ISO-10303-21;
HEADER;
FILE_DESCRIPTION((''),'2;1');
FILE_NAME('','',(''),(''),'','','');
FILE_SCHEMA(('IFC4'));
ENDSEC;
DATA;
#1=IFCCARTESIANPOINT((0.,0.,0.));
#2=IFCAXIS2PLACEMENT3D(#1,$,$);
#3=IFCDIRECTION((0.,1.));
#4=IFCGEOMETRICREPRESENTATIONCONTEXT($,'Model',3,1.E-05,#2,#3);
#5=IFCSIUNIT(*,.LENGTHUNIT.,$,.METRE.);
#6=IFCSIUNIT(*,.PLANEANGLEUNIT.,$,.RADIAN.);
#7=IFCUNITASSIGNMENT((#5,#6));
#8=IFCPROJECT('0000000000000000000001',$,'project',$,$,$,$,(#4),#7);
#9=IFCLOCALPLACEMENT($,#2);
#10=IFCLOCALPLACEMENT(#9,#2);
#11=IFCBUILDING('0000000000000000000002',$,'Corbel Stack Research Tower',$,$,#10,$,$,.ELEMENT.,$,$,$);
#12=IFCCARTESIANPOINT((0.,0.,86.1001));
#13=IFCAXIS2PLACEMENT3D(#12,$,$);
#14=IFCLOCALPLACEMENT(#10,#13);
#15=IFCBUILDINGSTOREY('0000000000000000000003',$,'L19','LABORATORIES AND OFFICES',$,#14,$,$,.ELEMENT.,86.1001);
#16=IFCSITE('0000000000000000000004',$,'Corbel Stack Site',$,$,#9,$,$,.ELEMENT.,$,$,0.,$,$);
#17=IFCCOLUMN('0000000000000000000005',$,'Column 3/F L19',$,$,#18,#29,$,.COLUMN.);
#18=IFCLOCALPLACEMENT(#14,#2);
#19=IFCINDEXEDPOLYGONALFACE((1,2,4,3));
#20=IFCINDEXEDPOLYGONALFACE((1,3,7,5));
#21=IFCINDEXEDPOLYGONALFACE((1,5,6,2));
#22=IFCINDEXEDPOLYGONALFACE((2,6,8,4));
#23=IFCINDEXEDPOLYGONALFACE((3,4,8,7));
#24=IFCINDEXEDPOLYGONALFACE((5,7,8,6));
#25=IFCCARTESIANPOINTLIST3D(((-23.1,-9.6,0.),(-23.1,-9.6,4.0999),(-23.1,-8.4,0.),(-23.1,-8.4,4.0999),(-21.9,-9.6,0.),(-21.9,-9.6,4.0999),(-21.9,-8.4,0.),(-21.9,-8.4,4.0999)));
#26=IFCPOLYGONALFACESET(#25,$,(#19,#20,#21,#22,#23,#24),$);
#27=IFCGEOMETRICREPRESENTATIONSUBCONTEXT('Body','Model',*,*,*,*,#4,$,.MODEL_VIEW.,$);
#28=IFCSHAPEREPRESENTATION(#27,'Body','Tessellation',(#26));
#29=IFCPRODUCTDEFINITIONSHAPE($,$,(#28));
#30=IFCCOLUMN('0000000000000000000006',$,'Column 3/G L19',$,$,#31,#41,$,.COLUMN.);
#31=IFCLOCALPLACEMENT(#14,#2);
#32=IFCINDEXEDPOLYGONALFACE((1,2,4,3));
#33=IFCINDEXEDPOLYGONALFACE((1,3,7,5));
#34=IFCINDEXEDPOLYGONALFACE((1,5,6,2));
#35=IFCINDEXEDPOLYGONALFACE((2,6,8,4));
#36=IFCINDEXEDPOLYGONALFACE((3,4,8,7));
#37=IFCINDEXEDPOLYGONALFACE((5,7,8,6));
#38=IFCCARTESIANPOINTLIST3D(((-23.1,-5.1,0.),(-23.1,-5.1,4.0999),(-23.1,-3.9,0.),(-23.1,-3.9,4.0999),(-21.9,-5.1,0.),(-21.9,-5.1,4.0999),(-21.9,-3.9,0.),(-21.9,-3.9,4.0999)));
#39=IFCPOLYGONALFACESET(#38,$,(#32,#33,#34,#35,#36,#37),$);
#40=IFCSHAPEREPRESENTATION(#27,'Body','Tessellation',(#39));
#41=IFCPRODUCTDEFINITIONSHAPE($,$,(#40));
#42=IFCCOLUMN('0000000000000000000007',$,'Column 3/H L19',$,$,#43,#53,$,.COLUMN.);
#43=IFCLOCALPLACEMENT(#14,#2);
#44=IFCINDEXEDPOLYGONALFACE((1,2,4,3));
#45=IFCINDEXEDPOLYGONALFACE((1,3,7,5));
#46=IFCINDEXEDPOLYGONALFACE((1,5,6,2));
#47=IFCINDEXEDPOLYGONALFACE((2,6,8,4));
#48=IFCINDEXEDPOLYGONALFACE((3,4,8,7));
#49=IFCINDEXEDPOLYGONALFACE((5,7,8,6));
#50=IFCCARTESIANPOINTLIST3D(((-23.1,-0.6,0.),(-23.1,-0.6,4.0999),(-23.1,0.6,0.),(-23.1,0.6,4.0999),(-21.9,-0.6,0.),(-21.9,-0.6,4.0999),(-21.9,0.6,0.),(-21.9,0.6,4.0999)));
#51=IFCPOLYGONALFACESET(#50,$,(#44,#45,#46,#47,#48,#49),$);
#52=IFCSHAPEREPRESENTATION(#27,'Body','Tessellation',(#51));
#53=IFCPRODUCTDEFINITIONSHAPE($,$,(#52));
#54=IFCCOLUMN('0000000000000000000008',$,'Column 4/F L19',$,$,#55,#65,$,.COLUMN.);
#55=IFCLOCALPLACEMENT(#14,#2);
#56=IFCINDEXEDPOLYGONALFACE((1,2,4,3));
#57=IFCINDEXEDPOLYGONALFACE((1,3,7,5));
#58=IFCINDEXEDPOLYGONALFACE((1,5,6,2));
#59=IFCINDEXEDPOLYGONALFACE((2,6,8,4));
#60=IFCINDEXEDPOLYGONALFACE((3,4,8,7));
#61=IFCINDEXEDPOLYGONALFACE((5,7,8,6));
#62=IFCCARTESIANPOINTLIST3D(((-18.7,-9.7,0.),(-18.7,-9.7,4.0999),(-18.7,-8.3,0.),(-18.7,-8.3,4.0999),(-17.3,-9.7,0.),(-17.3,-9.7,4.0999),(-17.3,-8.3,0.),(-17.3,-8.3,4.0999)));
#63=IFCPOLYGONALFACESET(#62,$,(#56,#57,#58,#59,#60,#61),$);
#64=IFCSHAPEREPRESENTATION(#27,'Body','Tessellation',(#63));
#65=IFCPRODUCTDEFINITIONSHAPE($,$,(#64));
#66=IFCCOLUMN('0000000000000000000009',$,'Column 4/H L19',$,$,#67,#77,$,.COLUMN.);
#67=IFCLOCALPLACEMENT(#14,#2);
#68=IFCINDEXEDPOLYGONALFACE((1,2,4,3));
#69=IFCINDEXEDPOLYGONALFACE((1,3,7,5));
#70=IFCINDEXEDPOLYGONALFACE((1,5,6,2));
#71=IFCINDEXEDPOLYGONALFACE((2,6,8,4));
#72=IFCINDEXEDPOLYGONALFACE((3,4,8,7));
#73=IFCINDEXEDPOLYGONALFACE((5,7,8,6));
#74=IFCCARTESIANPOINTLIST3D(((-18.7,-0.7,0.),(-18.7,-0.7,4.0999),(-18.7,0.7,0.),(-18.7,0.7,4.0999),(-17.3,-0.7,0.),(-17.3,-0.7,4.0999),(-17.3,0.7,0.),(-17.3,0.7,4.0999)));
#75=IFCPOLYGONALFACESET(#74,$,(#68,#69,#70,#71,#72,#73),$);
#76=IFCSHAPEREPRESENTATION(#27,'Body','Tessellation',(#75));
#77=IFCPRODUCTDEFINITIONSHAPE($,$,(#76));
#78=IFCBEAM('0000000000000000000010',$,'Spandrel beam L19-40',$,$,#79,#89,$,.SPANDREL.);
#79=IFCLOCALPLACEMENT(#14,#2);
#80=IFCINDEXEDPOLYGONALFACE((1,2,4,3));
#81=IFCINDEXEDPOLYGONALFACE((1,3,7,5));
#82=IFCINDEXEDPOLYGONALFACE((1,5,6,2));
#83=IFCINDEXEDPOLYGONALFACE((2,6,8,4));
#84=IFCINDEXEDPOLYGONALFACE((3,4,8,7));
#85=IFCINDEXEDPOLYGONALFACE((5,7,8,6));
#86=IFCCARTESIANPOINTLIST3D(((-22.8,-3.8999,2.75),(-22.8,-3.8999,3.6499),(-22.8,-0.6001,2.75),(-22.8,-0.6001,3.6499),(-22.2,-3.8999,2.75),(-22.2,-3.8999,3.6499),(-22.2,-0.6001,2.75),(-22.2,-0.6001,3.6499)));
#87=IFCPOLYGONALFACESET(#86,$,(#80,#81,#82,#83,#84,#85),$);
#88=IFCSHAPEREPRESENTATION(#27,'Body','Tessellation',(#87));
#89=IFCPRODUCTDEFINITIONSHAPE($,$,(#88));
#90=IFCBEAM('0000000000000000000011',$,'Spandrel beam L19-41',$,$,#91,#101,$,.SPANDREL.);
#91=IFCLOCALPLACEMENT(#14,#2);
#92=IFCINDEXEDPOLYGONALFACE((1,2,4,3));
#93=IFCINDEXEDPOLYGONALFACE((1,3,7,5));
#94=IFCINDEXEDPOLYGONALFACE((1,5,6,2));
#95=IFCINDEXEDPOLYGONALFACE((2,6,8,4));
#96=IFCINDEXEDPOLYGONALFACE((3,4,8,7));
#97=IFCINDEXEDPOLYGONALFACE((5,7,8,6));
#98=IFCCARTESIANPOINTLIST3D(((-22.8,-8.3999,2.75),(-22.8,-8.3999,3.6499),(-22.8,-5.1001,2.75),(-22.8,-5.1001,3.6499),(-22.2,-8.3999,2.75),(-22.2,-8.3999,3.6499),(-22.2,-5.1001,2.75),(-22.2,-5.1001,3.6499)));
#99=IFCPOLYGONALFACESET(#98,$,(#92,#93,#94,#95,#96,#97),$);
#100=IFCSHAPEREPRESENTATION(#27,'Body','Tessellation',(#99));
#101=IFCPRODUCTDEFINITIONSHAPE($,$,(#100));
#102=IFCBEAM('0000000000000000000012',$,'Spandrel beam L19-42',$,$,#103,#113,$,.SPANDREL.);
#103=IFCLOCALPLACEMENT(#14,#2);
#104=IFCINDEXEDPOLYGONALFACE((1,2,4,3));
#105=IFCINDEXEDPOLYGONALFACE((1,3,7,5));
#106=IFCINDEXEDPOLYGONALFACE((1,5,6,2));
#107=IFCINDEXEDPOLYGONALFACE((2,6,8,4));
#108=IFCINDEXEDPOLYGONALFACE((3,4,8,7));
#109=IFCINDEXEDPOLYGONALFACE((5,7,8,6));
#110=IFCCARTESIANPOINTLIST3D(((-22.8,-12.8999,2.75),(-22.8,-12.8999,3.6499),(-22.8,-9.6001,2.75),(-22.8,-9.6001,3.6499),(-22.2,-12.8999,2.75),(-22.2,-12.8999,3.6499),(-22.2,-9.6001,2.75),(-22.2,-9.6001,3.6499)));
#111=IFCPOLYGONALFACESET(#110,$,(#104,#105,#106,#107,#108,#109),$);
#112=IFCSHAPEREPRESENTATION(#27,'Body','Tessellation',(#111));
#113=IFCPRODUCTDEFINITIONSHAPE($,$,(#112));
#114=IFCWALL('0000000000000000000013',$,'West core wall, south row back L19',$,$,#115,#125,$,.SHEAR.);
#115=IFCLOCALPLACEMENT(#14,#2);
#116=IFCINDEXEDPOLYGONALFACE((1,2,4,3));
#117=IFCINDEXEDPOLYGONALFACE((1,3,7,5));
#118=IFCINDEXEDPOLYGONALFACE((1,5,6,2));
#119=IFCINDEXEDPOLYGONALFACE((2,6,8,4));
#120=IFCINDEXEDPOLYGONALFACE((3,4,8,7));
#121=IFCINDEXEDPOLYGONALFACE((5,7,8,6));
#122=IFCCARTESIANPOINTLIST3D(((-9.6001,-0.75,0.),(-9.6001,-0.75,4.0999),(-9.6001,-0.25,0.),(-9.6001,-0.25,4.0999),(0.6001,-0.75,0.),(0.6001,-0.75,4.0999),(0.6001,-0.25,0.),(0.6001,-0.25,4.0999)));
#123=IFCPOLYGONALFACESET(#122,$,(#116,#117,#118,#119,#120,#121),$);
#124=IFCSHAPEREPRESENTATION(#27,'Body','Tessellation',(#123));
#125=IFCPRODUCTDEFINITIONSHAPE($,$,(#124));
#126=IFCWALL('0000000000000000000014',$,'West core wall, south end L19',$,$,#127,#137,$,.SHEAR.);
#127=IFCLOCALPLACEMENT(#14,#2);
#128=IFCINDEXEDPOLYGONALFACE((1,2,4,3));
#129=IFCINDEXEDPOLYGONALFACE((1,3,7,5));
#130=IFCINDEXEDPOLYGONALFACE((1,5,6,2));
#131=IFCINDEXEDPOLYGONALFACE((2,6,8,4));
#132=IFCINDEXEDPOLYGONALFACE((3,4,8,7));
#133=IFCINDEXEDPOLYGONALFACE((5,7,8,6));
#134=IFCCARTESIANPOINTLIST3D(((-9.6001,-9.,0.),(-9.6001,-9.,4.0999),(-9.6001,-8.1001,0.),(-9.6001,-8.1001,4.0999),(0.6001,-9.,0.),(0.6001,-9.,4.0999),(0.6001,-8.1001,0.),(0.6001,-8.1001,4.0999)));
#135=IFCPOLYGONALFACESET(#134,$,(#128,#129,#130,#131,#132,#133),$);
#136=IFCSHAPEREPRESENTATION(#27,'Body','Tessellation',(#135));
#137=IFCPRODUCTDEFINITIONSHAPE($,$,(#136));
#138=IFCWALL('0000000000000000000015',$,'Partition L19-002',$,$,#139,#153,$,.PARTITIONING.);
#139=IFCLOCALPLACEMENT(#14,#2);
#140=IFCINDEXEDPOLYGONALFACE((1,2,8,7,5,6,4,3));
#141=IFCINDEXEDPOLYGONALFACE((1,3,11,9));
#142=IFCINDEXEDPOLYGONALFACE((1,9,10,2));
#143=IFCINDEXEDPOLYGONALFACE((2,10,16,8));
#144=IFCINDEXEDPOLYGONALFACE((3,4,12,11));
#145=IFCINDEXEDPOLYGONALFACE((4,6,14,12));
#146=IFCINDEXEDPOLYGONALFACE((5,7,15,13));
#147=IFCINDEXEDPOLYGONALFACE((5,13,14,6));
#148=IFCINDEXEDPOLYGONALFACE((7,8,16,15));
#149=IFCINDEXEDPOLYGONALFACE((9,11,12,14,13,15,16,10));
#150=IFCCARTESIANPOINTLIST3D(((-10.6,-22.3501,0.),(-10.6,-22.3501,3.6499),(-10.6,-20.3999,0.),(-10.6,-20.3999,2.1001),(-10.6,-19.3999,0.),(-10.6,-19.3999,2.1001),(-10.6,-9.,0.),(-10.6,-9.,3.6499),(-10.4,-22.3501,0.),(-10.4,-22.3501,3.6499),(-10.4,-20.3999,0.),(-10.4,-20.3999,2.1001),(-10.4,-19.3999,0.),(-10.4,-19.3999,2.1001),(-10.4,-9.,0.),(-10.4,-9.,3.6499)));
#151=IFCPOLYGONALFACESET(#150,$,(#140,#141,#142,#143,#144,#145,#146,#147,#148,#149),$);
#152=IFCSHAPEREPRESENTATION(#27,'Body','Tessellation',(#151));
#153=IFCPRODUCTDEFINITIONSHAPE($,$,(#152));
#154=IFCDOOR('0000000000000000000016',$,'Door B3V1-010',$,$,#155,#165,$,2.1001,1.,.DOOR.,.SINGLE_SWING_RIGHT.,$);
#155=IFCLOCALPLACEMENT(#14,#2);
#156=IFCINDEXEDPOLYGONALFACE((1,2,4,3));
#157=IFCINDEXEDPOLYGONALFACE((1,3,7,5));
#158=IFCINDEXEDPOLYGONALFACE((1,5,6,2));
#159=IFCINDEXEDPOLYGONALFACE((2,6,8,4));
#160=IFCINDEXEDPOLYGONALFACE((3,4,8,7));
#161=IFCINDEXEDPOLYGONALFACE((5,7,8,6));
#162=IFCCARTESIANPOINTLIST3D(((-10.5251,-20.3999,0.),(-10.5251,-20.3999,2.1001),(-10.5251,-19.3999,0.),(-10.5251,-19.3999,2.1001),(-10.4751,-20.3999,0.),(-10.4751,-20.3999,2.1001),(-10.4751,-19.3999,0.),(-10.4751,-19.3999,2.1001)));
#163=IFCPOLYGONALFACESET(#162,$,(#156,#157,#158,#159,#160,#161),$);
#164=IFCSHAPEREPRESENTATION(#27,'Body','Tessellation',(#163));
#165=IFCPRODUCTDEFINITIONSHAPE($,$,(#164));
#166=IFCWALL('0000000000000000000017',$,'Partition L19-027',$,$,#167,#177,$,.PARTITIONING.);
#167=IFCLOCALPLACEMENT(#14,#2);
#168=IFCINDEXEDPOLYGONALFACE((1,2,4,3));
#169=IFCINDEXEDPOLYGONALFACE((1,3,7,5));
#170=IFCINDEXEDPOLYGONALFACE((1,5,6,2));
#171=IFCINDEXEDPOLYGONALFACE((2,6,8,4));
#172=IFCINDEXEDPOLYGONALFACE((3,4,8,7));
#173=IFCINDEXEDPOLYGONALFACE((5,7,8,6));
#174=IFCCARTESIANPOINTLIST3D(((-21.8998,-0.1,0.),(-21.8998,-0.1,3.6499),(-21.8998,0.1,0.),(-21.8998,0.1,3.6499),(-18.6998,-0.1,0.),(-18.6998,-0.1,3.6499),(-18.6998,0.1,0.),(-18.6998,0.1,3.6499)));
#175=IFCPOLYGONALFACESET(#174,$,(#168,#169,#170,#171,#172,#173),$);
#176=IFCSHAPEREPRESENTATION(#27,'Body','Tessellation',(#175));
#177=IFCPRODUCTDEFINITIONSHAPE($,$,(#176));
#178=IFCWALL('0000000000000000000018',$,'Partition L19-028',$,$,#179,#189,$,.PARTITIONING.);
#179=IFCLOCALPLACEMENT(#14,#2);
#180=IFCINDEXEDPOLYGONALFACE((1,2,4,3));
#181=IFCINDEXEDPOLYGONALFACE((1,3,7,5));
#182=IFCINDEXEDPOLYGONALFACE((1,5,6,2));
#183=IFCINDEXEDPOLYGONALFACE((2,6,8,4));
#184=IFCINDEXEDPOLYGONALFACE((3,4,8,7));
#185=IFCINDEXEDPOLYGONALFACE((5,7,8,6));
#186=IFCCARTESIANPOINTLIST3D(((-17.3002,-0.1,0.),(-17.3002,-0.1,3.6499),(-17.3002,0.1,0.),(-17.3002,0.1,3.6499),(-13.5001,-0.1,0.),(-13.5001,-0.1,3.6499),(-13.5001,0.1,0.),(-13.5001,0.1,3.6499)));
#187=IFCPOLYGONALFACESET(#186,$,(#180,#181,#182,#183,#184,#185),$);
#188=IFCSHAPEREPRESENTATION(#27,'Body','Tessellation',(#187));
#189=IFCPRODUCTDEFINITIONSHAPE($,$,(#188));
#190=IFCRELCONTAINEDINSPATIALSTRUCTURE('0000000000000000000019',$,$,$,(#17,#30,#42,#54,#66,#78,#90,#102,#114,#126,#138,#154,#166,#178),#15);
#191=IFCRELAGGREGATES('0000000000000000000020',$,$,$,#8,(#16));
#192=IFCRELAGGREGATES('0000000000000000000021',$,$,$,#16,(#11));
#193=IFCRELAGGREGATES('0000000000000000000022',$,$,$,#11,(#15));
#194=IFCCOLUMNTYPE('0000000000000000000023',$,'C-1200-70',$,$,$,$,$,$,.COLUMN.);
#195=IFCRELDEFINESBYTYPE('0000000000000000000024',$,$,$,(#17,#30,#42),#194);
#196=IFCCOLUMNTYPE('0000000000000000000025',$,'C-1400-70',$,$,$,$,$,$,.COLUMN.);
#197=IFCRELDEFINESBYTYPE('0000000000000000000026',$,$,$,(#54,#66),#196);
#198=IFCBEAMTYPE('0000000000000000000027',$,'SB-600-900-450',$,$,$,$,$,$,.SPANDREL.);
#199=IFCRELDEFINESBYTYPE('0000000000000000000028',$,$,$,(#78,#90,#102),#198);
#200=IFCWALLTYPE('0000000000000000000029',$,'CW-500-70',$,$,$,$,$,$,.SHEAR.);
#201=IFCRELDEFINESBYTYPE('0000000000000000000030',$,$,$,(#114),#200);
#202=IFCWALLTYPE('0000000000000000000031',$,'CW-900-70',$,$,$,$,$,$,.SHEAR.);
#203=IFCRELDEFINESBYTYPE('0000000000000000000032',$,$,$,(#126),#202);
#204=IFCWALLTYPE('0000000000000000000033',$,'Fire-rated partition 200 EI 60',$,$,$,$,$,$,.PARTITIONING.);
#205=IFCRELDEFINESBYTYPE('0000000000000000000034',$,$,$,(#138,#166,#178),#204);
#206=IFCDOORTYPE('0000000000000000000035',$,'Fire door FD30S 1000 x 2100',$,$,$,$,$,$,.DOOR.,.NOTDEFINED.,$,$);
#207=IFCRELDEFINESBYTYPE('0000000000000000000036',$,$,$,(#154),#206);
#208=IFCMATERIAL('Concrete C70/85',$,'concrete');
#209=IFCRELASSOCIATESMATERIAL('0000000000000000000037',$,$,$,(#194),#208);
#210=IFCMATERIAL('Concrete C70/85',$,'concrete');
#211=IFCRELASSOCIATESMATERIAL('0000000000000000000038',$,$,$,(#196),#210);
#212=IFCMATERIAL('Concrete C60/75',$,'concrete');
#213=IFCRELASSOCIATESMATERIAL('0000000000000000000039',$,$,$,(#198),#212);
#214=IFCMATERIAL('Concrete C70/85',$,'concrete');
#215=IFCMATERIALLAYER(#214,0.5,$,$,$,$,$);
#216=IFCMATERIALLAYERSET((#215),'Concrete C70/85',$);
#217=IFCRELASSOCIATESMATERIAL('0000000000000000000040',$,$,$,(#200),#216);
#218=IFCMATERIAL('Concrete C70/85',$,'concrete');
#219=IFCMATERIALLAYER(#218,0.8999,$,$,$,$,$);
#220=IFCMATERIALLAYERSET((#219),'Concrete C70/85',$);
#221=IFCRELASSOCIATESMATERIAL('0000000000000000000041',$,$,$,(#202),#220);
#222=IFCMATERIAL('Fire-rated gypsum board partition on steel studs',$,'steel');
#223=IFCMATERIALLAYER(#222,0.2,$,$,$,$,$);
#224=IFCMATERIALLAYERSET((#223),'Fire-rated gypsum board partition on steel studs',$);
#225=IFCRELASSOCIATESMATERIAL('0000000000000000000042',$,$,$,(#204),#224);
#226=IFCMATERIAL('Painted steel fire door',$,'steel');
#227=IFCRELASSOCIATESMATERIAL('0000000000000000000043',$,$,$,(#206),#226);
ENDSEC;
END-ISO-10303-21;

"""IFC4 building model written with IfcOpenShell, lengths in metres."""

from ifc_helpers import new_model, si_unit, direction, frame, frame_2d, origin, origin_2d, place, context, subcontext, project, spatial, rectangle, extrude, material, layer, layer_set, material_profile, profile_set, type_object, element, fill, save


model = new_model("IFC4")

# Units and contexts
model_context = context("Model", 3, precision=1e-05, world=origin(), true_north=direction((0.0, 1.0)))
body_context = subcontext(model_context, "Body", "Model", "MODEL_VIEW")
ifc_project = project(units=[si_unit("LENGTHUNIT", "METRE"), si_unit("PLANEANGLEUNIT", "RADIAN")], contexts=[model_context])

# Site, building, storey
site_placement = place(None, origin())
site = spatial("IfcSite", under=ifc_project, at=site_placement, Name="Corbel Stack Site", CompositionType="ELEMENT", RefElevation=0.0)
building_placement = place(site_placement, origin())
building = spatial("IfcBuilding", under=site, at=building_placement, Name="Corbel Stack Research Tower", CompositionType="ELEMENT")
storey_placement = place(building_placement, frame((0.0, 0.0, 86.1001)))
storey = spatial("IfcBuildingStorey", under=building, at=storey_placement, Name="L19", Description="LABORATORIES AND OFFICES", CompositionType="ELEMENT", Elevation=86.1001)

# Columns
ifc_material_1 = material(Name="Concrete C70/85", Category="concrete")
ifc_material_profile_1 = material_profile(ifc_material_1, rectangle(XDim=1.2, YDim=1.2, at=origin_2d()), Name="RC 1200 x 1200")
ifc_profile_set_1 = profile_set([ifc_material_profile_1], Name="Concrete C70/85")
column_type_1 = type_object("IfcColumnType", Name="C-1200-70", PredefinedType="COLUMN", material=ifc_profile_set_1)
for number, where, z_axis, x_axis, name in (
    (1, (-22.5, -9.0, 0.0), (0.0, 0.0, 1.0), (1.0, 0.0, 0.0), "Column 3/F L19"),
    (2, (-22.5, -4.5, 0.0), (0.0, 0.0, 1.0), (1.0, 0.0, 0.0), "Column 3/G L19"),
    (3, (-22.5, 0.0, 0.0), (0.0, 0.0, 1.0), (1.0, 0.0, 0.0), "Column 3/H L19"),
):
    element("IfcColumn", number, at=place(storey_placement, frame(where, z_axis=z_axis, x_axis=x_axis)), inside=storey, type_object=column_type_1, Name=name, PredefinedType="COLUMN", context=body_context, shape_type="SweptSolid", body=[
        extrude(rectangle(XDim=1.2, YDim=1.2, at=origin_2d()), origin(), (0.0, 0.0, 1.0), 4.0999),
    ])
ifc_material_2 = material(Name="Concrete C70/85", Category="concrete")
ifc_material_profile_2 = material_profile(ifc_material_2, rectangle(XDim=1.3999, YDim=1.3999, at=origin_2d()), Name="RC 1400 x 1400")
ifc_profile_set_2 = profile_set([ifc_material_profile_2], Name="Concrete C70/85")
column_type_2 = type_object("IfcColumnType", Name="C-1400-70", PredefinedType="COLUMN", material=ifc_profile_set_2)
for number, where, z_axis, x_axis, name in (
    (4, (-18.0, -9.0, 0.0), (0.0, 0.0, 1.0), (1.0, 0.0, 0.0), "Column 4/F L19"),
    (5, (-18.0, 0.0, 0.0), (0.0, 0.0, 1.0), (1.0, 0.0, 0.0), "Column 4/H L19"),
):
    element("IfcColumn", number, at=place(storey_placement, frame(where, z_axis=z_axis, x_axis=x_axis)), inside=storey, type_object=column_type_2, Name=name, PredefinedType="COLUMN", context=body_context, shape_type="SweptSolid", body=[
        extrude(rectangle(XDim=1.3999, YDim=1.3999, at=origin_2d()), origin(), (0.0, 0.0, 1.0), 4.0999),
    ])

# Beams
ifc_material_3 = material(Name="Concrete C60/75", Category="concrete")
ifc_material_profile_3 = material_profile(ifc_material_3, rectangle(XDim=0.6001, YDim=0.8999, at=origin_2d()), Name="RC 600 x 900")
ifc_profile_set_3 = profile_set([ifc_material_profile_3], Name="Concrete C60/75")
beam_type = type_object("IfcBeamType", Name="SB-600-900-450", PredefinedType="SPANDREL", material=ifc_profile_set_3)
for number, where, z_axis, x_axis, name in (
    (6, (-22.5, -0.6001, 3.2), (0.0, -1.0, 0.0), (1.0, 0.0, 0.0), "Spandrel beam L19-40"),
    (7, (-22.5, -5.1001, 3.2), (0.0, -1.0, 0.0), (1.0, 0.0, 0.0), "Spandrel beam L19-41"),
    (8, (-22.5, -9.6001, 3.2), (0.0, -1.0, 0.0), (1.0, 0.0, 0.0), "Spandrel beam L19-42"),
):
    element("IfcBeam", number, at=place(storey_placement, frame(where, z_axis=z_axis, x_axis=x_axis)), inside=storey, type_object=beam_type, Name=name, PredefinedType="SPANDREL", context=body_context, shape_type="SweptSolid", body=[
        extrude(rectangle(XDim=0.6001, YDim=0.8999, at=origin_2d()), origin(), (0.0, 0.0, 1.0), 3.2998),
    ])

# Wall
ifc_material_4 = material(Name="Concrete C70/85", Category="concrete")
ifc_layer_1 = layer(ifc_material_4, 0.5)
ifc_layer_set_1 = layer_set([ifc_layer_1], Name="Concrete C70/85")
wall_type_1 = type_object("IfcWallType", Name="CW-500-70", PredefinedType="SHEAR", material=ifc_layer_set_1)
wall_1_placement = place(storey_placement, frame((-9.6001, -0.5, 0.0), z_axis=(0.0, 0.0, 1.0), x_axis=(1.0, 0.0, 0.0)))
element("IfcWall", 9, at=wall_1_placement, inside=storey, type_object=wall_type_1, Name="West core wall, south row back L19", PredefinedType="SHEAR", context=body_context, shape_type="SweptSolid", body=[
    extrude(rectangle(XDim=10.2002, YDim=0.5, at=frame_2d((5.1001, 0.0))), origin(), (0.0, 0.0, 1.0), 4.0999),
])

# Shared definitions
ifc_material_5 = material(Name="Concrete C70/85", Category="concrete")
ifc_layer_2 = layer(ifc_material_5, 0.8999)
ifc_layer_set_2 = layer_set([ifc_layer_2], Name="Concrete C70/85")
wall_type_2 = type_object("IfcWallType", Name="CW-900-70", PredefinedType="SHEAR", material=ifc_layer_set_2)

# Wall
wall_2_placement = place(storey_placement, frame((-9.6001, -8.55, 0.0), z_axis=(0.0, 0.0, 1.0), x_axis=(1.0, 0.0, 0.0)))
element("IfcWall", 10, at=wall_2_placement, inside=storey, type_object=wall_type_2, Name="West core wall, south end L19", PredefinedType="SHEAR", context=body_context, shape_type="SweptSolid", body=[
    extrude(rectangle(XDim=10.2002, YDim=0.8999, at=frame_2d((5.1001, 0.0))), origin(), (0.0, 0.0, 1.0), 4.0999),
])

# Wall, opening, door
ifc_material_6 = material(Name="Fire-rated gypsum board partition on steel studs", Category="steel")
ifc_layer_3 = layer(ifc_material_6, 0.2)
ifc_layer_set_3 = layer_set([ifc_layer_3], Name="Fire-rated gypsum board partition on steel studs")
wall_type_3 = type_object("IfcWallType", Name="Fire-rated partition 200 EI 60", PredefinedType="PARTITIONING", material=ifc_layer_set_3)
wall_3_placement = place(storey_placement, frame((-10.5, -9.0, 0.0), z_axis=(0.0, 0.0, 1.0), x_axis=(0.0, -1.0, 0.0)))
wall_3 = element("IfcWall", 11, at=wall_3_placement, inside=storey, type_object=wall_type_3, Name="Partition L19-002", PredefinedType="PARTITIONING", context=body_context, shape_type="SweptSolid", body=[
    extrude(rectangle(XDim=13.3501, YDim=0.2, at=frame_2d((6.675, 0.0))), origin(), (0.0, 0.0, 1.0), 3.6499),
])
opening_1_placement = place(wall_3_placement, frame((10.3999, 0.0, 0.0)))
opening_1 = element("IfcOpeningElement", 12, at=opening_1_placement, cuts=wall_3, PredefinedType="OPENING", context=body_context, shape_type="SweptSolid", body=[
    extrude(rectangle(XDim=1.0, YDim=2.1001, at=frame_2d((0.5, 1.05))), frame((0.0, 0.1099, 0.0), z_axis=(0.0, -1.0, 0.0), x_axis=(1.0, 0.0, 0.0)), (0.0, 0.0, 1.0), 0.22),
])
ifc_material_7 = material(Name="Painted steel fire door", Category="steel")
door_type_1 = type_object("IfcDoorType", Name="Fire door FD30S 1000 x 2100", OperationType="NOTDEFINED", PredefinedType="DOOR", material=ifc_material_7)
door_1_placement = place(opening_1_placement, origin())
door_1 = element("IfcDoor", 13, at=door_1_placement, inside=storey, type_object=door_type_1, Name="Door B3V1-010", OperationType="SINGLE_SWING_RIGHT", OverallHeight=2.1001, OverallWidth=1.0, PredefinedType="DOOR", context=body_context, shape_type="SweptSolid", body=[
    extrude(rectangle(XDim=1.0, YDim=2.1001, at=frame_2d((0.5, 1.05))), frame((0.0, 0.0249, 0.0), z_axis=(0.0, -1.0, 0.0), x_axis=(1.0, 0.0, 0.0)), (0.0, 0.0, 1.0), 0.05),
])
fill(opening_1, door_1)

# Walls
wall_4_placement = place(storey_placement, frame((-21.8999, 0.0, 0.0), z_axis=(0.0, 0.0, 1.0), x_axis=(1.0, 0.0, 0.0)))
element("IfcWall", 14, at=wall_4_placement, inside=storey, type_object=wall_type_3, Name="Partition L19-027", PredefinedType="PARTITIONING", context=body_context, shape_type="SweptSolid", body=[
    extrude(rectangle(XDim=3.2, YDim=0.2, at=frame_2d((1.6001, 0.0))), origin(), (0.0, 0.0, 1.0), 3.6499),
])
wall_5_placement = place(storey_placement, frame((-17.3, 0.0, 0.0), z_axis=(0.0, 0.0, 1.0), x_axis=(1.0, 0.0, 0.0)))
element("IfcWall", 15, at=wall_5_placement, inside=storey, type_object=wall_type_3, Name="Partition L19-028", PredefinedType="PARTITIONING", context=body_context, shape_type="SweptSolid", body=[
    extrude(rectangle(XDim=3.8, YDim=0.2, at=frame_2d((1.8999, 0.0))), origin(), (0.0, 0.0, 1.0), 3.6499),
])

save(model, "model.ifc")
